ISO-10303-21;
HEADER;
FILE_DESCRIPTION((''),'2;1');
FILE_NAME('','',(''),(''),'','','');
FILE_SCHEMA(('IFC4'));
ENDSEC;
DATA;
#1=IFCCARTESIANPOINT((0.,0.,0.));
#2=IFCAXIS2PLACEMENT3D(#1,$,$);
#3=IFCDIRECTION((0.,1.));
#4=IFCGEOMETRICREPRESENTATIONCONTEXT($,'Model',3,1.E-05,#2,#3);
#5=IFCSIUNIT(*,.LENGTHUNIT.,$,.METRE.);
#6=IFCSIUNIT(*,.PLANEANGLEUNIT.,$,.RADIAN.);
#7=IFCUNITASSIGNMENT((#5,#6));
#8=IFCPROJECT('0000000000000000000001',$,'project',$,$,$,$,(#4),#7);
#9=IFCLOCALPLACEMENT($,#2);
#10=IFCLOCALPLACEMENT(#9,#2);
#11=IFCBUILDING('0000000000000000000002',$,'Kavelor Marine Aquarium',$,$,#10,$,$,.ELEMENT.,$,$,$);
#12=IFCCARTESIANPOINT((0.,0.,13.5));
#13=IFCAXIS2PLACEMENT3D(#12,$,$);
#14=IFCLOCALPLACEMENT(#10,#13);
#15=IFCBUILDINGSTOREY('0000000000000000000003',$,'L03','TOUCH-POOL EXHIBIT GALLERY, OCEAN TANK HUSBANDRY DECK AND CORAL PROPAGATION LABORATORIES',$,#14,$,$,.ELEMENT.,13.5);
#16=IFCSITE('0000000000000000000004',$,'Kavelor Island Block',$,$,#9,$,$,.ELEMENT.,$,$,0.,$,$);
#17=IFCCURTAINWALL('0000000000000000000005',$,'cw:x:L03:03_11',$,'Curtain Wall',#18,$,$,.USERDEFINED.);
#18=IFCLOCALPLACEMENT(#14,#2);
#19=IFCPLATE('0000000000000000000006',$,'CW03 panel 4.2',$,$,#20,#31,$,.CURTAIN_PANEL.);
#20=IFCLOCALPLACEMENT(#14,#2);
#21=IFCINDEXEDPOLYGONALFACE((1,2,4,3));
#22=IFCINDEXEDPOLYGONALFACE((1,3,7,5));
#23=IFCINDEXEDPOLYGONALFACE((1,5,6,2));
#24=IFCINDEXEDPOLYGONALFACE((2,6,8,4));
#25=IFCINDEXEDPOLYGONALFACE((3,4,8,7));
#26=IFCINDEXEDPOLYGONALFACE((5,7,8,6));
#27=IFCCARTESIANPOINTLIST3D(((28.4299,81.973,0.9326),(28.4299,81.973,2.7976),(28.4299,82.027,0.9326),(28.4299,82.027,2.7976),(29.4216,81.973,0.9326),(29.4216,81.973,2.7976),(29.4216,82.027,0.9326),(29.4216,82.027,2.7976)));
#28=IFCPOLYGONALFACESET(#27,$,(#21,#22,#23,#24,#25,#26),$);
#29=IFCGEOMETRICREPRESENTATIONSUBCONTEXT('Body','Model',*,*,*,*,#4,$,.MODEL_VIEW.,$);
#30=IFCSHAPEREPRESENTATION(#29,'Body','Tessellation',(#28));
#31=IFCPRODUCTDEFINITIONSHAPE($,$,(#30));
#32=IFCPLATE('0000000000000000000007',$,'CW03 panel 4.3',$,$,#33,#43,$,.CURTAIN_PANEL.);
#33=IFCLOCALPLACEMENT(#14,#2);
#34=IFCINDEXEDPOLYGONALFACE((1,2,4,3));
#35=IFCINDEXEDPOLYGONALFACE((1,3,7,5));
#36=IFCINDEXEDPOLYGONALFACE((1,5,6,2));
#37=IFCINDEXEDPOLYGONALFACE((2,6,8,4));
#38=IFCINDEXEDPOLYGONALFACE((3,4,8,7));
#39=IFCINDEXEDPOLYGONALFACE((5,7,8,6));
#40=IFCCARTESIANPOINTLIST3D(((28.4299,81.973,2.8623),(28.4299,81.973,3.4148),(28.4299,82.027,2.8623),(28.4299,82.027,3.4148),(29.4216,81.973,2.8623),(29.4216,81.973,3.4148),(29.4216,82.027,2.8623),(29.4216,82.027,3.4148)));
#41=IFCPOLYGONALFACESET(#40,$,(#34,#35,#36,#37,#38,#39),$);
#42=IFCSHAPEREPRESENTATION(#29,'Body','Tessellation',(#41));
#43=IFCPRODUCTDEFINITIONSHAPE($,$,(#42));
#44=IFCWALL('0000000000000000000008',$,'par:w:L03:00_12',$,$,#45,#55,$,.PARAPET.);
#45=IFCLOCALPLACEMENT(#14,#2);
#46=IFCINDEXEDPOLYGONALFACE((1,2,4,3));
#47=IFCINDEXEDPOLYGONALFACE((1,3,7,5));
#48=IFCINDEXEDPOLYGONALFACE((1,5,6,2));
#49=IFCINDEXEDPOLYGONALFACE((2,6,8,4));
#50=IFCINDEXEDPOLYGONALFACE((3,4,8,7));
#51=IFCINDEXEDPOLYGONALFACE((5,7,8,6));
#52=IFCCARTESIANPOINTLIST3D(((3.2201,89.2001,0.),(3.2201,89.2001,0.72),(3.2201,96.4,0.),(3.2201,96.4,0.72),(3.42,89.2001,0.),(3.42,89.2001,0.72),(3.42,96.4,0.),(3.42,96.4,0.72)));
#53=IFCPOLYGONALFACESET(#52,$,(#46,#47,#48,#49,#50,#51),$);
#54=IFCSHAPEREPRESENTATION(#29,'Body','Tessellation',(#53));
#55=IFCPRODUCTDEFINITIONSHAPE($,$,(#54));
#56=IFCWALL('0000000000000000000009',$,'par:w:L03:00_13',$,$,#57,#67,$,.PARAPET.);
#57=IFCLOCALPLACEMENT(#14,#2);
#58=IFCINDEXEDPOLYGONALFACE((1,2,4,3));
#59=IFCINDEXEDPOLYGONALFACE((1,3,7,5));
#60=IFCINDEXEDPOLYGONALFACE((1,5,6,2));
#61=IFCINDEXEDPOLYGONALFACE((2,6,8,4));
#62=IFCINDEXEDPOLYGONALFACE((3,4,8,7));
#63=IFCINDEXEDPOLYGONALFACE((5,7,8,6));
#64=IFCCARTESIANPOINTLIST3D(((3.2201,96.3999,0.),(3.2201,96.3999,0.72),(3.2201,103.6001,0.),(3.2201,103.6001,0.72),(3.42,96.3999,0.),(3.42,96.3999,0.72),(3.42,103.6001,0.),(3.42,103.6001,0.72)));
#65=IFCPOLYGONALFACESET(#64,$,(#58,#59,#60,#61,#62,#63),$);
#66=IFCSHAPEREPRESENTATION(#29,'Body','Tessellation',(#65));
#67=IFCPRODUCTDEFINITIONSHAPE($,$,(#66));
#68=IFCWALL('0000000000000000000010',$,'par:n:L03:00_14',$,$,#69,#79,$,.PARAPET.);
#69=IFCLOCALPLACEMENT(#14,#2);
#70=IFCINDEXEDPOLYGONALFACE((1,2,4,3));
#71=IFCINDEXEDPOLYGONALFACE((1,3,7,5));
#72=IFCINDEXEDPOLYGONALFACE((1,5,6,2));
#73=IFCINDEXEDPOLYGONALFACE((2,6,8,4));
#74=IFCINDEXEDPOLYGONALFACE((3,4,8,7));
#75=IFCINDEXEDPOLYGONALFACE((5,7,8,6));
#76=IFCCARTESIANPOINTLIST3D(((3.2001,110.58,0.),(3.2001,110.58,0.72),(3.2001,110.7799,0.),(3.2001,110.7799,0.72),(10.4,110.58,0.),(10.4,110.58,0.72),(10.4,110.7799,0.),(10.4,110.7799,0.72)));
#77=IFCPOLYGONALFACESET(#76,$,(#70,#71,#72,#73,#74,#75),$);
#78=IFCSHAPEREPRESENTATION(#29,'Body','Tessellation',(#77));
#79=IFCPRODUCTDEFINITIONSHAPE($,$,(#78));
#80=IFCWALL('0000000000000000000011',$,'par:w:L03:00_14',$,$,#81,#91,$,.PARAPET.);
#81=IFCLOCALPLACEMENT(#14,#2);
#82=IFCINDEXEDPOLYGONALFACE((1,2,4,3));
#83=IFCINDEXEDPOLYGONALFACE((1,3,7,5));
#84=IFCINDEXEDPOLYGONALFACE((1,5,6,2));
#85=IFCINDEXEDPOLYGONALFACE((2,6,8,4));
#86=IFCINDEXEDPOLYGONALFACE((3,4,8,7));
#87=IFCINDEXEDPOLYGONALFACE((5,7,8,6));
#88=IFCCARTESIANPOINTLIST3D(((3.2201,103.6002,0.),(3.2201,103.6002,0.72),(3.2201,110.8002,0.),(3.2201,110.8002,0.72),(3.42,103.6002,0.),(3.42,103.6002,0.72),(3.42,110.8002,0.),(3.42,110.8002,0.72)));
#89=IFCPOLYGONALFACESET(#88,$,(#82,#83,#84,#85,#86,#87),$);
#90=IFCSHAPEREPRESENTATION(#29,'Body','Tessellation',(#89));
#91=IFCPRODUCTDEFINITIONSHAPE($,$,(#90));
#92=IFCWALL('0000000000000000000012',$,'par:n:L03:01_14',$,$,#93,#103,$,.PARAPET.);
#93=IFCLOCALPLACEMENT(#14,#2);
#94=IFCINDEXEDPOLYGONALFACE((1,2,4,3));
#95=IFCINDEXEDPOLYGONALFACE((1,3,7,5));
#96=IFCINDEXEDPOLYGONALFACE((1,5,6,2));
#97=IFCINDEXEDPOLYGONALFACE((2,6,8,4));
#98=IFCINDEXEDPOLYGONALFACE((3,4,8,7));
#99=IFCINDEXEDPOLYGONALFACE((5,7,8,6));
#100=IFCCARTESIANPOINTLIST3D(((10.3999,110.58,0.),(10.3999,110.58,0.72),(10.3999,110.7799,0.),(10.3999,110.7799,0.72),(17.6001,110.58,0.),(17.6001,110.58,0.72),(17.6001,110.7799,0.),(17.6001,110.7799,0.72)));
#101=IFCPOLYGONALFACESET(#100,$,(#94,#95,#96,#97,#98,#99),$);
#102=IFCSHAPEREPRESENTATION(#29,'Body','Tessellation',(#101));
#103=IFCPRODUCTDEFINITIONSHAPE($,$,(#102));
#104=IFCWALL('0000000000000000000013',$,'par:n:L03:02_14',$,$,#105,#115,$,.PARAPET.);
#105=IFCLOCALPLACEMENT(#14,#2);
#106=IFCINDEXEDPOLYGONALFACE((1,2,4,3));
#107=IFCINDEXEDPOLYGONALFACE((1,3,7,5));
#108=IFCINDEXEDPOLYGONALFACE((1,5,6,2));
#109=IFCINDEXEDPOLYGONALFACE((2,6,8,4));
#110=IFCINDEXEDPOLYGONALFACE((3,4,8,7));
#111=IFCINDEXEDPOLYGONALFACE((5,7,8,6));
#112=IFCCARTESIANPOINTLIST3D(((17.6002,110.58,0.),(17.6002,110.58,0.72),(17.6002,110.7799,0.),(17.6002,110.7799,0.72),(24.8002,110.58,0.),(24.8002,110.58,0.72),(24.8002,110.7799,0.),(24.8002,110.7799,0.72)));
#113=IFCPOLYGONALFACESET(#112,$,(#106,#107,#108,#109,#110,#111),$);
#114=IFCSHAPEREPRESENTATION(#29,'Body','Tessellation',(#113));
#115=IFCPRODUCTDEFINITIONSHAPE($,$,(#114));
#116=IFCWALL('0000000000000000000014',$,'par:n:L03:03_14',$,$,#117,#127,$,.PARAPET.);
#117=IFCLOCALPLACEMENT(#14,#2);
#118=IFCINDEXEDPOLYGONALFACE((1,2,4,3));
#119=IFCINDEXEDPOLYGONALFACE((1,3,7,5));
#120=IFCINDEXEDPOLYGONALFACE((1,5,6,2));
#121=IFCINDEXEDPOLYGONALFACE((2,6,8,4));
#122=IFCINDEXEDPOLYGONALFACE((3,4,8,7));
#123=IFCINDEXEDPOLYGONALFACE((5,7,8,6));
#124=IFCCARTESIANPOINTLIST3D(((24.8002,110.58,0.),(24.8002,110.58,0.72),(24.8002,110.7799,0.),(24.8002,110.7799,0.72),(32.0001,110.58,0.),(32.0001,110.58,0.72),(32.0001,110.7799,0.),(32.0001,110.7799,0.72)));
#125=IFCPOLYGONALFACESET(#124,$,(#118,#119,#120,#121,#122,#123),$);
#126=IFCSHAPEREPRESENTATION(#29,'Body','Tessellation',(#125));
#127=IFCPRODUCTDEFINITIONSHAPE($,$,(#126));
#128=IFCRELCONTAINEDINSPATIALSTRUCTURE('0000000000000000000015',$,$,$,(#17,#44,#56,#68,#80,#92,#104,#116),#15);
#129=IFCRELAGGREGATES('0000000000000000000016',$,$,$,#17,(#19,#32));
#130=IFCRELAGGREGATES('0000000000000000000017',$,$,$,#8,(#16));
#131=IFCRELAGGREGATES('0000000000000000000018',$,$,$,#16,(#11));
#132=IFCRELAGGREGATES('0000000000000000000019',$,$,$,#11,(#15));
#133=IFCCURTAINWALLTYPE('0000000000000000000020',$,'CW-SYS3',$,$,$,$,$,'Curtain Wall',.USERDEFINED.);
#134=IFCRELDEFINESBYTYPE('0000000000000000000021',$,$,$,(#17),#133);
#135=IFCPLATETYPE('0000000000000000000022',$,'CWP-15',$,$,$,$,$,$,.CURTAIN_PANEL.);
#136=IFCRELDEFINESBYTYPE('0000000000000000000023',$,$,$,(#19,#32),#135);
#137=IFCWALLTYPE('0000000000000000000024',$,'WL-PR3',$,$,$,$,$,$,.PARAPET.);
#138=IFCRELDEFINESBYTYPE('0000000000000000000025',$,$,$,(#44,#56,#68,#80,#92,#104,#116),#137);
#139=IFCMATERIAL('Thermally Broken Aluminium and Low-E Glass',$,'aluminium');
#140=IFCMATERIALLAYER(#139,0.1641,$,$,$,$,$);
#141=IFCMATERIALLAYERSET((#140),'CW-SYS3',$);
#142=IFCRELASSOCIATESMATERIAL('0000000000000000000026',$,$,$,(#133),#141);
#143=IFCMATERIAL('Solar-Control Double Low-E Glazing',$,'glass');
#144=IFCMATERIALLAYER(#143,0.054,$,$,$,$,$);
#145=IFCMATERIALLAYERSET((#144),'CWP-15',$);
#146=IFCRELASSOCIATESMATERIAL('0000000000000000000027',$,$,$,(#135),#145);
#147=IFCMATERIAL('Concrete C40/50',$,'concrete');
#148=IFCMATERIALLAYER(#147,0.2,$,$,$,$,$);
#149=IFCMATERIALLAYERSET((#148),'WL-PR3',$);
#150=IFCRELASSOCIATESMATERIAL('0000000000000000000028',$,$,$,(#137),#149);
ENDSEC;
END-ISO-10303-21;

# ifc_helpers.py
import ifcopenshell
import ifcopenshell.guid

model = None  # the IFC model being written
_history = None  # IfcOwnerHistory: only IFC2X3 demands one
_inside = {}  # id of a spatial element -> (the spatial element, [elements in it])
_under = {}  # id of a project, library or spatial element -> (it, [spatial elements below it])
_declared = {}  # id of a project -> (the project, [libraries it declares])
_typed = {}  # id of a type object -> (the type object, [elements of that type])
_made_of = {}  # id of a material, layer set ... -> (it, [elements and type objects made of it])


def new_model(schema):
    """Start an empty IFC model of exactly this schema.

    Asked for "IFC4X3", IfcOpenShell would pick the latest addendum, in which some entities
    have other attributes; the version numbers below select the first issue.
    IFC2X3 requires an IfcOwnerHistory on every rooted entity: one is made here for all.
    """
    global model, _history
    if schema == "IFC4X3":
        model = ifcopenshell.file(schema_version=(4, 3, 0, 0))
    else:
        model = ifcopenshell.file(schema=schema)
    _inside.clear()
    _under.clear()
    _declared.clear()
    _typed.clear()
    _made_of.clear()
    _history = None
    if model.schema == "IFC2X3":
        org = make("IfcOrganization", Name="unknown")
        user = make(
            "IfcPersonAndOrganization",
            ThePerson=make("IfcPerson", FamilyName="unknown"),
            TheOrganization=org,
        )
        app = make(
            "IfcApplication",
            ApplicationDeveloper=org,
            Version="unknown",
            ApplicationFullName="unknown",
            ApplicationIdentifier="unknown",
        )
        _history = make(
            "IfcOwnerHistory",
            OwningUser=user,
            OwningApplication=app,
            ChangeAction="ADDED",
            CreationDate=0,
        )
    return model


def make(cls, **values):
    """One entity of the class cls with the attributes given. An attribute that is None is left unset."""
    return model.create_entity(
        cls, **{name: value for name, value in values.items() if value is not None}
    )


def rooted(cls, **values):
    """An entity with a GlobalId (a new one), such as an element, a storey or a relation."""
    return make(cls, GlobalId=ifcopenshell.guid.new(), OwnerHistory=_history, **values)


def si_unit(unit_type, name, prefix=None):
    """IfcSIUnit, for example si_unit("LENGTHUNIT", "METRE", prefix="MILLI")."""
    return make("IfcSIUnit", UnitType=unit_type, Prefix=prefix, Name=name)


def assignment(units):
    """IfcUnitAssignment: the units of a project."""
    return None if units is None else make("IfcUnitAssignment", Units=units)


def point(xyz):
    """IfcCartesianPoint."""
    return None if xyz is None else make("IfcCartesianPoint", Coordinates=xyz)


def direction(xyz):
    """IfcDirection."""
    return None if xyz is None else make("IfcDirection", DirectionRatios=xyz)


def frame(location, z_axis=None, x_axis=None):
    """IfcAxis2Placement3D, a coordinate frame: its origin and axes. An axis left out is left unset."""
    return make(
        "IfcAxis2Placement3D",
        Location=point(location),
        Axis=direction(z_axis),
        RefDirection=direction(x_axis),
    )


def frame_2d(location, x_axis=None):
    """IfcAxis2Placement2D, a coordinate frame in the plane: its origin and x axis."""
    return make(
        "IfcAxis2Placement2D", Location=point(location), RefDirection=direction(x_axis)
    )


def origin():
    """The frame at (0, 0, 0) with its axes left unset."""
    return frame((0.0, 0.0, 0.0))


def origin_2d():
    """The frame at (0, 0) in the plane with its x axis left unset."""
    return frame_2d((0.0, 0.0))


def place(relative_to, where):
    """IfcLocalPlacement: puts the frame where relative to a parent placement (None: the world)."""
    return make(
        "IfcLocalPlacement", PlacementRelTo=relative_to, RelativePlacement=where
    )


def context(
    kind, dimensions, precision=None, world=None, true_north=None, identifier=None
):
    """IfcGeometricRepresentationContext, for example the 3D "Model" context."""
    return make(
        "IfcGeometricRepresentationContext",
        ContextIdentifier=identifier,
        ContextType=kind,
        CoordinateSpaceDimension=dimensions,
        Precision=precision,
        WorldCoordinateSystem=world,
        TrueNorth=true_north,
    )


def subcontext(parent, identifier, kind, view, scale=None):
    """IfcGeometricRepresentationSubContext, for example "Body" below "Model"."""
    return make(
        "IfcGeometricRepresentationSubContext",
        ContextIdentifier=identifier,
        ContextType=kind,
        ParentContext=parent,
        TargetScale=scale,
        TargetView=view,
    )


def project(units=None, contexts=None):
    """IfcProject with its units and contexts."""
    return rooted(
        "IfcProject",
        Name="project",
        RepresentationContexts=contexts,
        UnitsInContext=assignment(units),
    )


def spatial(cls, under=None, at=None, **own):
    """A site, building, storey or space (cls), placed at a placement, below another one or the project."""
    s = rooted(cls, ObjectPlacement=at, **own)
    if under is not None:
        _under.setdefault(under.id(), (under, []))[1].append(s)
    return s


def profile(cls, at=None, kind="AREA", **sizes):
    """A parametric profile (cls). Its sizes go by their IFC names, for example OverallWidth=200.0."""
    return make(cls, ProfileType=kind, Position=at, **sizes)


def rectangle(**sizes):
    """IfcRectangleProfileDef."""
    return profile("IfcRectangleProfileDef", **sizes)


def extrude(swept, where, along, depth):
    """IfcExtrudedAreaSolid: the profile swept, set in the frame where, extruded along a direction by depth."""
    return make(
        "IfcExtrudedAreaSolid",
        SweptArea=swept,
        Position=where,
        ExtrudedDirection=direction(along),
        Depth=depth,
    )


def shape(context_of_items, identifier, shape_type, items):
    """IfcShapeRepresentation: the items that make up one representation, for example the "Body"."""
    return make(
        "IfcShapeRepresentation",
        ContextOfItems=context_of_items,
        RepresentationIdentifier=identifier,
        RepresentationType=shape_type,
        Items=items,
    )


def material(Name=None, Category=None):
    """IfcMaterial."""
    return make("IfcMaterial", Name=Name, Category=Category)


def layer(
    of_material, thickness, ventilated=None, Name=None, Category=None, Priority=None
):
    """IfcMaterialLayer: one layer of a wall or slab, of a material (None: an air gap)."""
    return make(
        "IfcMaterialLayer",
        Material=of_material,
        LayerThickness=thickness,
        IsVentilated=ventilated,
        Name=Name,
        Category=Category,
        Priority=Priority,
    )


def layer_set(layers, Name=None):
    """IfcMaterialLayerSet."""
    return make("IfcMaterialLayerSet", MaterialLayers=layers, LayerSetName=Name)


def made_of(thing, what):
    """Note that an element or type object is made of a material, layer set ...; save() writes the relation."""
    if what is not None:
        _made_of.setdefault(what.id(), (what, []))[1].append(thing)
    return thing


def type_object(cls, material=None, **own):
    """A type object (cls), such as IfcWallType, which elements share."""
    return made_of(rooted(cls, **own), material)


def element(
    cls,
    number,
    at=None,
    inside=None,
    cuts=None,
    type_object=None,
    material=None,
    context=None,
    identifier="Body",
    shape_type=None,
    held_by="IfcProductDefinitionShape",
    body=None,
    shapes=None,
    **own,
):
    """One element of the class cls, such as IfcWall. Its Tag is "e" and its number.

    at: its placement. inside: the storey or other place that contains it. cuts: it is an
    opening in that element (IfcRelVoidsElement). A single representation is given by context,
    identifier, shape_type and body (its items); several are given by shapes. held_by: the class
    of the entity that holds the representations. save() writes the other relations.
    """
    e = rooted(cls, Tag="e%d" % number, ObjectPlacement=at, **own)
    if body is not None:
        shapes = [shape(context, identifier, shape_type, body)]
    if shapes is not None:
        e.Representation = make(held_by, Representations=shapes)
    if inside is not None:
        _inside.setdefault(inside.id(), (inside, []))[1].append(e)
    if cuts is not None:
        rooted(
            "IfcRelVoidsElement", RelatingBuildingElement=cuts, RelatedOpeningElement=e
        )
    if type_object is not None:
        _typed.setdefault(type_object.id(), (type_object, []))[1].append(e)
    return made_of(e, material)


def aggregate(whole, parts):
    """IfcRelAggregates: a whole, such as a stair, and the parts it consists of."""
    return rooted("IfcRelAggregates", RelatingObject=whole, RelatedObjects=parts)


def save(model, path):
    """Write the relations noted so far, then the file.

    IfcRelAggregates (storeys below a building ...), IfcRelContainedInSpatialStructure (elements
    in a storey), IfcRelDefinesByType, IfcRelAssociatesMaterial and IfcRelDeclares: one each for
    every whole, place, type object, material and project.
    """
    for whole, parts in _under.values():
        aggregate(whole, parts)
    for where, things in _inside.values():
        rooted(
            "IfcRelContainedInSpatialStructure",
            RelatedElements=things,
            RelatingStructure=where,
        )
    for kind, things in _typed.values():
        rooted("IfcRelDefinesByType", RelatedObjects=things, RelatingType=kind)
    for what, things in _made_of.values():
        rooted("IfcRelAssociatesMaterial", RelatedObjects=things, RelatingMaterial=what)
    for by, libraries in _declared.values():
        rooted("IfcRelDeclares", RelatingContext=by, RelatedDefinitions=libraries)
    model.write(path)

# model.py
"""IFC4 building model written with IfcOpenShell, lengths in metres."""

from ifc_helpers import new_model, si_unit, direction, frame, frame_2d, origin, origin_2d, place, context, subcontext, project, spatial, rectangle, extrude, material, layer, layer_set, type_object, element, aggregate, save


model = new_model("IFC4")

# Units and contexts
model_context = context("Model", 3, precision=1e-05, world=origin(), true_north=direction((0.0, 1.0)))
body_context = subcontext(model_context, "Body", "Model", "MODEL_VIEW")
ifc_project = project(units=[si_unit("LENGTHUNIT", "METRE"), si_unit("PLANEANGLEUNIT", "RADIAN")], contexts=[model_context])

# Site, building, storey
site_placement = place(None, origin())
site = spatial("IfcSite", under=ifc_project, at=site_placement, Name="Kavelor Island Block", CompositionType="ELEMENT", RefElevation=0.0)
building_placement = place(site_placement, origin())
building = spatial("IfcBuilding", under=site, at=building_placement, Name="Kavelor Marine Aquarium", CompositionType="ELEMENT")
storey_placement = place(building_placement, frame((0.0, 0.0, 13.5)))
storey = spatial("IfcBuildingStorey", under=building, at=storey_placement, Name="L03", Description="TOUCH-POOL EXHIBIT GALLERY, OCEAN TANK HUSBANDRY DECK AND CORAL PROPAGATION LABORATORIES", CompositionType="ELEMENT", Elevation=13.5)

# Curtain wall, plates
ifc_material_1 = material(Name="Thermally Broken Aluminium and Low-E Glass", Category="aluminium")
ifc_layer_1 = layer(ifc_material_1, 0.1641)
ifc_layer_set_1 = layer_set([ifc_layer_1], Name="CW-SYS3")
curtain_wall_type = type_object("IfcCurtainWallType", Name="CW-SYS3", ElementType="Curtain Wall", PredefinedType="USERDEFINED", material=ifc_layer_set_1)
curtain_wall_placement = place(storey_placement, origin())
curtain_wall = element("IfcCurtainWall", 1, at=curtain_wall_placement, inside=storey, type_object=curtain_wall_type, Name="cw:x:L03:03_11", ObjectType="Curtain Wall", PredefinedType="USERDEFINED")
ifc_material_2 = material(Name="Solar-Control Double Low-E Glazing", Category="glass")
ifc_layer_2 = layer(ifc_material_2, 0.054)
ifc_layer_set_2 = layer_set([ifc_layer_2], Name="CWP-15")
plate_type = type_object("IfcPlateType", Name="CWP-15", PredefinedType="CURTAIN_PANEL", material=ifc_layer_set_2)
plate_1_placement = place(storey_placement, frame((28.9258, 82.0, 0.9326), z_axis=(0.0, 0.0, 1.0), x_axis=(1.0, 0.0, 0.0)))
plate_1 = element("IfcPlate", 2, at=plate_1_placement, type_object=plate_type, Name="CW03 panel 4.2", PredefinedType="CURTAIN_PANEL", context=body_context, shape_type="SweptSolid", body=[
    extrude(rectangle(XDim=0.9917, YDim=0.054, at=origin_2d()), origin(), (0.0, 0.0, 1.0), 1.865),
])
plate_2_placement = place(storey_placement, frame((28.9258, 82.0, 2.8623), z_axis=(0.0, 0.0, 1.0), x_axis=(1.0, 0.0, 0.0)))
plate_2 = element("IfcPlate", 3, at=plate_2_placement, type_object=plate_type, Name="CW03 panel 4.3", PredefinedType="CURTAIN_PANEL", context=body_context, shape_type="SweptSolid", body=[
    extrude(rectangle(XDim=0.9917, YDim=0.054, at=origin_2d()), origin(), (0.0, 0.0, 1.0), 0.5525),
])
aggregate(curtain_wall, [plate_1, plate_2])

# Walls
ifc_material_3 = material(Name="Concrete C40/50", Category="concrete")
ifc_layer_3 = layer(ifc_material_3, 0.2)
ifc_layer_set_3 = layer_set([ifc_layer_3], Name="WL-PR3")
wall_type = type_object("IfcWallType", Name="WL-PR3", PredefinedType="PARAPET", material=ifc_layer_set_3)
wall_1_placement = place(storey_placement, frame((3.3201, 89.2, 0.0), z_axis=(0.0, 0.0, 1.0), x_axis=(0.0, 1.0, 0.0)))
element("IfcWall", 4, at=wall_1_placement, inside=storey, type_object=wall_type, Name="par:w:L03:00_12", PredefinedType="PARAPET", context=body_context, shape_type="SweptSolid", body=[
    extrude(rectangle(XDim=7.2, YDim=0.2, at=frame_2d((3.6001, 0.0))), origin(), (0.0, 0.0, 1.0), 0.72),
])
wall_2_placement = place(storey_placement, frame((3.3201, 96.3999, 0.0), z_axis=(0.0, 0.0, 1.0), x_axis=(0.0, 1.0, 0.0)))
element("IfcWall", 5, at=wall_2_placement, inside=storey, type_object=wall_type, Name="par:w:L03:00_13", PredefinedType="PARAPET", context=body_context, shape_type="SweptSolid", body=[
    extrude(rectangle(XDim=7.2002, YDim=0.2, at=frame_2d((3.6001, 0.0))), origin(), (0.0, 0.0, 1.0), 0.72),
])
for number, where, z_axis, x_axis, name in (
    (6, (3.2, 110.6799, 0.0), (0.0, 0.0, 1.0), (1.0, 0.0, 0.0), "par:n:L03:00_14"),
    (7, (3.3201, 103.6001, 0.0), (0.0, 0.0, 1.0), (0.0, 1.0, 0.0), "par:w:L03:00_14"),
):
    element("IfcWall", number, at=place(storey_placement, frame(where, z_axis=z_axis, x_axis=x_axis)), inside=storey, type_object=wall_type, Name=name, PredefinedType="PARAPET", context=body_context, shape_type="SweptSolid", body=[
        extrude(rectangle(XDim=7.2, YDim=0.2, at=frame_2d((3.6001, 0.0))), origin(), (0.0, 0.0, 1.0), 0.72),
    ])
wall_3_placement = place(storey_placement, frame((10.3999, 110.6799, 0.0), z_axis=(0.0, 0.0, 1.0), x_axis=(1.0, 0.0, 0.0)))
element("IfcWall", 8, at=wall_3_placement, inside=storey, type_object=wall_type, Name="par:n:L03:01_14", PredefinedType="PARAPET", context=body_context, shape_type="SweptSolid", body=[
    extrude(rectangle(XDim=7.2002, YDim=0.2, at=frame_2d((3.6001, 0.0))), origin(), (0.0, 0.0, 1.0), 0.72),
])
for number, where, z_axis, x_axis, name in (
    (9, (17.6001, 110.6799, 0.0), (0.0, 0.0, 1.0), (1.0, 0.0, 0.0), "par:n:L03:02_14"),
    (10, (24.8, 110.6799, 0.0), (0.0, 0.0, 1.0), (1.0, 0.0, 0.0), "par:n:L03:03_14"),
):
    element("IfcWall", number, at=place(storey_placement, frame(where, z_axis=z_axis, x_axis=x_axis)), inside=storey, type_object=wall_type, Name=name, PredefinedType="PARAPET", context=body_context, shape_type="SweptSolid", body=[
        extrude(rectangle(XDim=7.2, YDim=0.2, at=frame_2d((3.6001, 0.0))), origin(), (0.0, 0.0, 1.0), 0.72),
    ])

save(model, "model.ifc")
